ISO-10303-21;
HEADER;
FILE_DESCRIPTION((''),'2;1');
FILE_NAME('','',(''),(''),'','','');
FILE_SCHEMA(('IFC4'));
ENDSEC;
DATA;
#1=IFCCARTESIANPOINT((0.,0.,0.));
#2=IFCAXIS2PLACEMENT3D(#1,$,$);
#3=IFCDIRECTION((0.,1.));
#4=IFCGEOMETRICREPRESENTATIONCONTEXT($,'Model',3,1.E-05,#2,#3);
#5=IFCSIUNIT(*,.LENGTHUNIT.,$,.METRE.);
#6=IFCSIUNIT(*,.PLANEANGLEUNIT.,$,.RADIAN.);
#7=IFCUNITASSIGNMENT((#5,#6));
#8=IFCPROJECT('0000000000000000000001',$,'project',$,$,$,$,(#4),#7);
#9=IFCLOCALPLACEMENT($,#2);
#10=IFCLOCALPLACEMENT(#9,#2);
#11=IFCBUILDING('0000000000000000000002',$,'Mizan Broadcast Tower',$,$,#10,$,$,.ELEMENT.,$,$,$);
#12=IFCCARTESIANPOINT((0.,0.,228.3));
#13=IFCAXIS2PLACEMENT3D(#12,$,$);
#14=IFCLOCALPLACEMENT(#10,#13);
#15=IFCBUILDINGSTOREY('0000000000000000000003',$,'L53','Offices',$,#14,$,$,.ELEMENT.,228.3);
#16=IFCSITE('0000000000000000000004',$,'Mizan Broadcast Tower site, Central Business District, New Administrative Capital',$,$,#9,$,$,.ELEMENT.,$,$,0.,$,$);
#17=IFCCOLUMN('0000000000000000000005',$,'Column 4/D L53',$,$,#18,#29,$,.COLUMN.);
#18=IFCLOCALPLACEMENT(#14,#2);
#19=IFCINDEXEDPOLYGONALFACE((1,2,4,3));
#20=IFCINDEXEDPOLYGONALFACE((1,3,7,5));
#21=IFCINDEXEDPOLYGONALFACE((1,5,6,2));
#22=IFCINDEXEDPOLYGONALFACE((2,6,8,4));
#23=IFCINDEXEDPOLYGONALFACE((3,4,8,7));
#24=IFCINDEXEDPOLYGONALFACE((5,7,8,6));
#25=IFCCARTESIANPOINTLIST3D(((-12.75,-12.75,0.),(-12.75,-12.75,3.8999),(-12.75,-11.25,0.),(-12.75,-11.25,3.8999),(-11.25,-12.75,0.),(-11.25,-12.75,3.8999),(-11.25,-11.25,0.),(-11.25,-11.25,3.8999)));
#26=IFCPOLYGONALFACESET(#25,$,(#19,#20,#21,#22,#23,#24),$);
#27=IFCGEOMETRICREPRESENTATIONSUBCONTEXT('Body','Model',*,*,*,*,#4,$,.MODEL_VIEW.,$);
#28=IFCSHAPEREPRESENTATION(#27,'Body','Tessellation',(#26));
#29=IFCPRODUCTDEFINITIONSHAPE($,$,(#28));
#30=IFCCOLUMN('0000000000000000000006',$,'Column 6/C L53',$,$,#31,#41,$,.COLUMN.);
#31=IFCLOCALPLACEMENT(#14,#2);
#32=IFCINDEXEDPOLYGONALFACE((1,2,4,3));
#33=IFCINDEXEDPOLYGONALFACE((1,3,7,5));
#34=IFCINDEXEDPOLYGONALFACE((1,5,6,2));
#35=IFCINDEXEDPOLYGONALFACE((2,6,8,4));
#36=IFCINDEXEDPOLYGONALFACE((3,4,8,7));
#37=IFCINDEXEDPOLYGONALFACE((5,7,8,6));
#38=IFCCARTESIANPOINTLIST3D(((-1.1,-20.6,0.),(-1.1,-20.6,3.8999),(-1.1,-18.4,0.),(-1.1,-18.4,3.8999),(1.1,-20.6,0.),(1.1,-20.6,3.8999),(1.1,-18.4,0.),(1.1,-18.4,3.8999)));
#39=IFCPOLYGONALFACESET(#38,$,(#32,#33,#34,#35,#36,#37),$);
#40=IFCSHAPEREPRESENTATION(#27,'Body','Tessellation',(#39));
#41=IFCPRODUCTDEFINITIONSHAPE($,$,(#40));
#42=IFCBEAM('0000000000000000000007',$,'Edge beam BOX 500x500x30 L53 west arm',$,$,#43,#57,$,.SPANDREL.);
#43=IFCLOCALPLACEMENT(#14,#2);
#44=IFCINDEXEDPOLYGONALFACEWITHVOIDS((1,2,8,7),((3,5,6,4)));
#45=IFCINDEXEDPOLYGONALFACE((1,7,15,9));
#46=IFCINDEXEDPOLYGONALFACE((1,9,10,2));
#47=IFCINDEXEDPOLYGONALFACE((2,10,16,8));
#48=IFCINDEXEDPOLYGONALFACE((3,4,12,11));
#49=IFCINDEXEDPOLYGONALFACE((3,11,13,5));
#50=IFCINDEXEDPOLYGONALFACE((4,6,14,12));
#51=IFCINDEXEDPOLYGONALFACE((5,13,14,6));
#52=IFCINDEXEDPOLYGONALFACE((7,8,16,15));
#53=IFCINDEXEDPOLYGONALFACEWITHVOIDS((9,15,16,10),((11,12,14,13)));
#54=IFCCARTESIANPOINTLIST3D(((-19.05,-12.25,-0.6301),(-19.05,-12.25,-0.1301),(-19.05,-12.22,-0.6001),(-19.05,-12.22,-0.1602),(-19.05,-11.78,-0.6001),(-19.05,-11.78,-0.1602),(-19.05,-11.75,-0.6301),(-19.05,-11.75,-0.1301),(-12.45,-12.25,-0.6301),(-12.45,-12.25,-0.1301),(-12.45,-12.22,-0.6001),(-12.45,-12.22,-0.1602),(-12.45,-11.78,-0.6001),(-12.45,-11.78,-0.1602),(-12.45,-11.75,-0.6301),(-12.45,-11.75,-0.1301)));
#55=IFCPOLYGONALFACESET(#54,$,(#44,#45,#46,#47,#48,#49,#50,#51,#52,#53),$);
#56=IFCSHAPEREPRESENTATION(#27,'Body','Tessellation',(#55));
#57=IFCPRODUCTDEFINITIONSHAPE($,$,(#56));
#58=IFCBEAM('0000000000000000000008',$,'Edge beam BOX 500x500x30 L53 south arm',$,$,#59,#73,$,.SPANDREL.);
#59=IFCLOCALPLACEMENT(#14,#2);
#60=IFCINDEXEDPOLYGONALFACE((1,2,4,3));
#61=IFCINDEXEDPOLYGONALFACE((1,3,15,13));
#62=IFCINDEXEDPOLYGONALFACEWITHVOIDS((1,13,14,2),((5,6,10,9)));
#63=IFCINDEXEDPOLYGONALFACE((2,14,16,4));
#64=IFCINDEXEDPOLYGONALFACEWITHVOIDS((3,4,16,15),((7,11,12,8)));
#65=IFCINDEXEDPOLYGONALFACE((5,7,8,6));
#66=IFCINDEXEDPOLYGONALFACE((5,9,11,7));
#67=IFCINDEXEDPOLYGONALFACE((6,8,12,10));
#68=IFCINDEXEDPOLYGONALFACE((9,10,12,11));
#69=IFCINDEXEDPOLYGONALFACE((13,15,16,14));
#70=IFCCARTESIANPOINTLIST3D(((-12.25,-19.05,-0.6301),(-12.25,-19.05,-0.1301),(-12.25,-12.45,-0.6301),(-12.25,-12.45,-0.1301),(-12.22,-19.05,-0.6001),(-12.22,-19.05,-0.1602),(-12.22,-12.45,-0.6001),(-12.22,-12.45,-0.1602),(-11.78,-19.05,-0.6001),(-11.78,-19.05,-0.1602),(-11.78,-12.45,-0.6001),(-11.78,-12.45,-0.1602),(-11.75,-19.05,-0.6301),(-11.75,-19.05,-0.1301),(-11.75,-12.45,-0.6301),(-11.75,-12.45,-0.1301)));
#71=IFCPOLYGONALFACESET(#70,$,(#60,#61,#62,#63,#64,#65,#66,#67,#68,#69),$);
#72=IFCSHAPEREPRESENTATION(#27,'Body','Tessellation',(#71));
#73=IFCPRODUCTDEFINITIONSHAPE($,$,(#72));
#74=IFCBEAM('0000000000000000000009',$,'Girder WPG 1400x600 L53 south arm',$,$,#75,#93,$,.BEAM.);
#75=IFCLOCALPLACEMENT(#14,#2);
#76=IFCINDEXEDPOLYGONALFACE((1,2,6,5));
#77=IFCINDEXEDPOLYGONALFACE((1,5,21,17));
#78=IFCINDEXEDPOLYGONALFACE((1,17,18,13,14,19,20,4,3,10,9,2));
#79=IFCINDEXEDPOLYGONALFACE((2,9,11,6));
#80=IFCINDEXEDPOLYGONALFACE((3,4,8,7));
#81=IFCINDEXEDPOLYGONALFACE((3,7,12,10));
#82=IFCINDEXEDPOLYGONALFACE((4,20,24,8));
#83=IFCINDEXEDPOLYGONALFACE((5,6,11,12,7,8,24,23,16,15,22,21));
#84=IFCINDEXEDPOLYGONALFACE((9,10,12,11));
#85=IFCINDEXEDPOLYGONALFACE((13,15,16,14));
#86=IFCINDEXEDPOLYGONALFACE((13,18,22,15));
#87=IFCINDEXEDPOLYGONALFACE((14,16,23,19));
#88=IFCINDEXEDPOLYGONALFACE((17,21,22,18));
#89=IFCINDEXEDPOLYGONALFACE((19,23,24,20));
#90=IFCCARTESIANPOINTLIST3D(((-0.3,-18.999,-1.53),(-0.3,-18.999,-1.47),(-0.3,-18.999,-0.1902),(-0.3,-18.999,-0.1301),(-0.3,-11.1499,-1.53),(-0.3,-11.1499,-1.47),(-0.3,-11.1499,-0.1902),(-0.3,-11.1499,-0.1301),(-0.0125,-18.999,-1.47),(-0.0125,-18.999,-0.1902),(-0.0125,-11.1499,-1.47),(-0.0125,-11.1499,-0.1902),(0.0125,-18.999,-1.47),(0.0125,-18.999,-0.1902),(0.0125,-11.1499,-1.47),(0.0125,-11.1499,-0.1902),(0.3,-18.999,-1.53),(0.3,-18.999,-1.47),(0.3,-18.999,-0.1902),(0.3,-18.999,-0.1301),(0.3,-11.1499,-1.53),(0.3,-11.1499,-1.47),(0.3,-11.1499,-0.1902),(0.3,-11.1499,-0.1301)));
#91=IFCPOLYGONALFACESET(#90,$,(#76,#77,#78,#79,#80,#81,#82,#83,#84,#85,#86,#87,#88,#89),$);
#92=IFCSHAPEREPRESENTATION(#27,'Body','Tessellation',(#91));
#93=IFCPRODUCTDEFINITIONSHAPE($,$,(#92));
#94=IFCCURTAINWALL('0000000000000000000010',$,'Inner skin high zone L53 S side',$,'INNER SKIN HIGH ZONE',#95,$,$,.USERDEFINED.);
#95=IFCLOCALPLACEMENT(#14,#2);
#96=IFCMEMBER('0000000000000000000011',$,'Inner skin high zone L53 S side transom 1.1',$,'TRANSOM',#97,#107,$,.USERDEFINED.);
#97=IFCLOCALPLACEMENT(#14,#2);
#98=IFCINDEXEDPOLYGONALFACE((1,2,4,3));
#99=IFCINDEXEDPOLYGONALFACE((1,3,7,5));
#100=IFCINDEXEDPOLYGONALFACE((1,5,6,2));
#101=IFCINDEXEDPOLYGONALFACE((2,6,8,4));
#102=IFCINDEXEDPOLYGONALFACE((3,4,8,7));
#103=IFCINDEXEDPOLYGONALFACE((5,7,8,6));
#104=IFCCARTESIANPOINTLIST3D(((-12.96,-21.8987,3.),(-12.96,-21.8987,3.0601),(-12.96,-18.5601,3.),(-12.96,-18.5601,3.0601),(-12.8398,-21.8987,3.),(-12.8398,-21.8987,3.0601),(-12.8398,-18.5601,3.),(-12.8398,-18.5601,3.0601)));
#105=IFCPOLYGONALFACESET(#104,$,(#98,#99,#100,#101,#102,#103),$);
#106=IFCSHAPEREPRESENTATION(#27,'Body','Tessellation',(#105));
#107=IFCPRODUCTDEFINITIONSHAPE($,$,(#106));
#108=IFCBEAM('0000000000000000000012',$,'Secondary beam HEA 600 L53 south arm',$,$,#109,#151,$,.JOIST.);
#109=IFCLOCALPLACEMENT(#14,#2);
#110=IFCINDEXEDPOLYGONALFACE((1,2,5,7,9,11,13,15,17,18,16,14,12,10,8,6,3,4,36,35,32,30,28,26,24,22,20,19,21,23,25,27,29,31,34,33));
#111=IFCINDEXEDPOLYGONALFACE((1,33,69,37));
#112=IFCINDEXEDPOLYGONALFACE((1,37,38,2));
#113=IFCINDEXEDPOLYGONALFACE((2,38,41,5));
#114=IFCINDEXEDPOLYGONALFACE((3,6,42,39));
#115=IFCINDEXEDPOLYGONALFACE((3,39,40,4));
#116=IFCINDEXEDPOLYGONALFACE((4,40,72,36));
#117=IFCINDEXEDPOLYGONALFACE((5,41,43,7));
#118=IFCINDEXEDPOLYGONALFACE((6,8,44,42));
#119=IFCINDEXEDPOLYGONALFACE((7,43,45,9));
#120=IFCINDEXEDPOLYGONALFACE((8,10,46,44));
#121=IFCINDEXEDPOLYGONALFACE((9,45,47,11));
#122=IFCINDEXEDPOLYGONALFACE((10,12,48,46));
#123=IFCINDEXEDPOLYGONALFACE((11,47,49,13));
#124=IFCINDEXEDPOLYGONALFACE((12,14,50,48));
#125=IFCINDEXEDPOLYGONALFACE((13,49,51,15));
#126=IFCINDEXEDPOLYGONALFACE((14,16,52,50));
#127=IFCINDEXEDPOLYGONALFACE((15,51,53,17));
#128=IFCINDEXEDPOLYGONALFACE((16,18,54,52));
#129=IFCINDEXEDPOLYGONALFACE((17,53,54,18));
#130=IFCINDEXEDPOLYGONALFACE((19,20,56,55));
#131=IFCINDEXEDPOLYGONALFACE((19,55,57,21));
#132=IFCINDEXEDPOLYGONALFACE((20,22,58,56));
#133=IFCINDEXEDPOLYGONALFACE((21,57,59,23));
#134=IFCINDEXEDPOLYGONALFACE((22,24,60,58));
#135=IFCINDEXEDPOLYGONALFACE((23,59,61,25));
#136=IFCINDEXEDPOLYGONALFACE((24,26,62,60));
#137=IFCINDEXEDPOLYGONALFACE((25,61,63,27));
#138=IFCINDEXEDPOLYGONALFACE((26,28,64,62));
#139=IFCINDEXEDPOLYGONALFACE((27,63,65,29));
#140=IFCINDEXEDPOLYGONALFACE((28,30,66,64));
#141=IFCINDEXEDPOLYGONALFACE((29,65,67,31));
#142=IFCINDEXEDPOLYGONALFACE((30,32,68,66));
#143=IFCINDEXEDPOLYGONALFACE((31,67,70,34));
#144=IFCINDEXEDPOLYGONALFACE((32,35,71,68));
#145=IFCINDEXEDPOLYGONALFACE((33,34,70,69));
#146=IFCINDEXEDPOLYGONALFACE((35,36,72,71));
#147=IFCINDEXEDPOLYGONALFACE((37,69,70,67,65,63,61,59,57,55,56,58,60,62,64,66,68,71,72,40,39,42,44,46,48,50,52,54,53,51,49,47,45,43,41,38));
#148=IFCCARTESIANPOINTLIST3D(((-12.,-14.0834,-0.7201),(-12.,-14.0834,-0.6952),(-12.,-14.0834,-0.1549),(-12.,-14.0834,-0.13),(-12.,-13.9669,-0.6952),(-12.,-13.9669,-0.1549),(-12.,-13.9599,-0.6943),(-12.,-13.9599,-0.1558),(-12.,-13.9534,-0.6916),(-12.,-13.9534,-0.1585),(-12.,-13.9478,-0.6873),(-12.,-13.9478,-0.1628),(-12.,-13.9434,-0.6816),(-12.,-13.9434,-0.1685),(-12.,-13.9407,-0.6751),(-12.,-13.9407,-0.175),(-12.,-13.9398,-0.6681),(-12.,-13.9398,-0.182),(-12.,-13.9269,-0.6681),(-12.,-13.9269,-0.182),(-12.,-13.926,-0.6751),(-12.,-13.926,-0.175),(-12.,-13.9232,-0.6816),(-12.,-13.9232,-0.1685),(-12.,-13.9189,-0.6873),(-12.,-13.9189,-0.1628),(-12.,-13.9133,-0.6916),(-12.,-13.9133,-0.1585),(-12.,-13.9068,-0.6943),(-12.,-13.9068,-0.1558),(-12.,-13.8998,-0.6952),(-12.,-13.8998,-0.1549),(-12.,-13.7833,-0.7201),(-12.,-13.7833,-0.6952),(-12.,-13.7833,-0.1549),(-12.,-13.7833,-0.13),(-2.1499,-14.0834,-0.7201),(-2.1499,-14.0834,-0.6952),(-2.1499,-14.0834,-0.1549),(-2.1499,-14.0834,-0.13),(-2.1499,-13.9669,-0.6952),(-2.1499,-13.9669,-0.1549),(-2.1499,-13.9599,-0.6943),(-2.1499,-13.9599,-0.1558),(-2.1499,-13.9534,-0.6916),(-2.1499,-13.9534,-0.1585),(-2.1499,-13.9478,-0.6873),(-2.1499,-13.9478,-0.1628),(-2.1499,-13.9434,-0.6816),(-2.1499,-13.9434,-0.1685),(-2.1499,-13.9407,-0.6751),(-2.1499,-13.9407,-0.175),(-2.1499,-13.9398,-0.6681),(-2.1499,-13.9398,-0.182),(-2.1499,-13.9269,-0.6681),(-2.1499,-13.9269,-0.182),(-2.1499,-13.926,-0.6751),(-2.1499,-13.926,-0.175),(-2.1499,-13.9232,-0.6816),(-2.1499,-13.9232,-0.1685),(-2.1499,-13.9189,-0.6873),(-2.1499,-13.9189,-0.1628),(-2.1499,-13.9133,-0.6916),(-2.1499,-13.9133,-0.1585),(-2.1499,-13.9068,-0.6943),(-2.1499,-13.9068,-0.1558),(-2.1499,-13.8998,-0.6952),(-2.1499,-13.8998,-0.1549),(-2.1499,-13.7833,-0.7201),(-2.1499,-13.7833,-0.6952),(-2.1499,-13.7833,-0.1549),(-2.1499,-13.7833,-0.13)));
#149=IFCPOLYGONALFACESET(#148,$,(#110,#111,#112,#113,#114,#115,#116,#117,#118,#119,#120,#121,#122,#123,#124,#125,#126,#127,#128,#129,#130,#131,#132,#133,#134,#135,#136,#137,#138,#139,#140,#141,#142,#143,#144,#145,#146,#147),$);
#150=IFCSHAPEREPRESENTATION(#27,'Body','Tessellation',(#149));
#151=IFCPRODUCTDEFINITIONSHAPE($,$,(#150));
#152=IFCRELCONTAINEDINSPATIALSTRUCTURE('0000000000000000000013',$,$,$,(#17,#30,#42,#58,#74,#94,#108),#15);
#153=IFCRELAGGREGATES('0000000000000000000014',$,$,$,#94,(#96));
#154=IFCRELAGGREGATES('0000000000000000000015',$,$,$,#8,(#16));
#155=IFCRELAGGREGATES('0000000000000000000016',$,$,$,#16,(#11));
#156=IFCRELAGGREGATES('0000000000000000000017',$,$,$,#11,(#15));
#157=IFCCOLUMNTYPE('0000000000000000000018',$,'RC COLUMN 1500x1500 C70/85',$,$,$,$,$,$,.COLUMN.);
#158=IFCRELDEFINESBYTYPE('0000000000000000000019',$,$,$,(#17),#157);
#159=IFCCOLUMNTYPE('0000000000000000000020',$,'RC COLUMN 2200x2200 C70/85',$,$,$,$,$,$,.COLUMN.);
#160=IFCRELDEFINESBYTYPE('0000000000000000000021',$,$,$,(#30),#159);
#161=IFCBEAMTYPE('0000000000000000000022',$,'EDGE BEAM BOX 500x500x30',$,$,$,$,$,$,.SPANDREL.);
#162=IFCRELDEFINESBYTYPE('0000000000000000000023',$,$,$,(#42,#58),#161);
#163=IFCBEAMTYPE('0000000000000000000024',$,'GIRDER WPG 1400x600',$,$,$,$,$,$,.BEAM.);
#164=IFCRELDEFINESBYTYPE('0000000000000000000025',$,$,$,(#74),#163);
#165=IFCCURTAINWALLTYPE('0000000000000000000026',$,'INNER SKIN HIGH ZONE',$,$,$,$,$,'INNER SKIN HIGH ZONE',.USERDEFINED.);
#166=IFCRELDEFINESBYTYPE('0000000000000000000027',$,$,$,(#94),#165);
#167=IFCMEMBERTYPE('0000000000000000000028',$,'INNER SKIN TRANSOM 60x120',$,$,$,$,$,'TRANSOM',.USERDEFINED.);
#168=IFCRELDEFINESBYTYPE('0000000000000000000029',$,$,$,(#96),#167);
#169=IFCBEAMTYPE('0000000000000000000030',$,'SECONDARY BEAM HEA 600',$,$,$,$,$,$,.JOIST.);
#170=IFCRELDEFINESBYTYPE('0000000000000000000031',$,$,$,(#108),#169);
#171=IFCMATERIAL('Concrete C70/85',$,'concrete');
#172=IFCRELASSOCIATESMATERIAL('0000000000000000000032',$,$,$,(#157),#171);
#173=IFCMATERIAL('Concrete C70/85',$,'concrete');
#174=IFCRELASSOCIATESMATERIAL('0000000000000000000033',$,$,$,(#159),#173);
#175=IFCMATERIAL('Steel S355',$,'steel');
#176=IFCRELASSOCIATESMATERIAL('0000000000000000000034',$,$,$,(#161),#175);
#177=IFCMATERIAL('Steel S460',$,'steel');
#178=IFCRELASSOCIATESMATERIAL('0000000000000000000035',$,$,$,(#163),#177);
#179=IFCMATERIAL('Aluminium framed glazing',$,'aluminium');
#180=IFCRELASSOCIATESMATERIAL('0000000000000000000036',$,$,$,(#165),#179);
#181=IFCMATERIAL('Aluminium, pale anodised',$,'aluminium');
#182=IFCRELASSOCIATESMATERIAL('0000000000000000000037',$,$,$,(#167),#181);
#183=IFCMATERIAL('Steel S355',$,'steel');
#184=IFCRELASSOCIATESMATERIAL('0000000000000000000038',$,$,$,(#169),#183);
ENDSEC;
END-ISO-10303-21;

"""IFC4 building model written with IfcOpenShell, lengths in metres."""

from ifc_helpers import new_model, si_unit, direction, frame, origin, origin_2d, place, context, subcontext, project, spatial, rectangle, hollow_rectangle, i_section, extrude, material, material_profile, profile_set, type_object, element, aggregate, save


model = new_model("IFC4")

# Units and contexts
model_context = context("Model", 3, precision=1e-05, world=origin(), true_north=direction((0.0, 1.0)))
body_context = subcontext(model_context, "Body", "Model", "MODEL_VIEW")
ifc_project = project(units=[si_unit("LENGTHUNIT", "METRE"), si_unit("PLANEANGLEUNIT", "RADIAN")], contexts=[model_context])

# Site, building, storey
site_placement = place(None, origin())
site = spatial("IfcSite", under=ifc_project, at=site_placement, Name="Mizan Broadcast Tower site, Central Business District, New Administrative Capital", CompositionType="ELEMENT", RefElevation=0.0)
building_placement = place(site_placement, origin())
building = spatial("IfcBuilding", under=site, at=building_placement, Name="Mizan Broadcast Tower", CompositionType="ELEMENT")
storey_placement = place(building_placement, frame((0.0, 0.0, 228.3)))
storey = spatial("IfcBuildingStorey", under=building, at=storey_placement, Name="L53", Description="Offices", CompositionType="ELEMENT", Elevation=228.3)

# Columns
ifc_material_1 = material(Name="Concrete C70/85", Category="concrete")
ifc_material_profile_1 = material_profile(ifc_material_1, rectangle(XDim=1.5, YDim=1.5, at=origin_2d()), Name="RC 1500x1500")
ifc_profile_set_1 = profile_set([ifc_material_profile_1], Name="Concrete C70/85")
column_type_1 = type_object("IfcColumnType", Name="RC COLUMN 1500x1500 C70/85", PredefinedType="COLUMN", material=ifc_profile_set_1)
column_1_placement = place(storey_placement, frame((-12.0, -12.0, 0.0), z_axis=(0.0, 0.0, 1.0), x_axis=(1.0, 0.0, 0.0)))
element("IfcColumn", 1, at=column_1_placement, inside=storey, type_object=column_type_1, Name="Column 4/D L53", PredefinedType="COLUMN", context=body_context, shape_type="SweptSolid", body=[
    extrude(rectangle(XDim=1.5, YDim=1.5, at=origin_2d()), origin(), (0.0, 0.0, 1.0), 3.8999),
])
ifc_material_2 = material(Name="Concrete C70/85", Category="concrete")
ifc_material_profile_2 = material_profile(ifc_material_2, rectangle(XDim=2.2, YDim=2.2, at=origin_2d()), Name="RC 2200x2200")
ifc_profile_set_2 = profile_set([ifc_material_profile_2], Name="Concrete C70/85")
column_type_2 = type_object("IfcColumnType", Name="RC COLUMN 2200x2200 C70/85", PredefinedType="COLUMN", material=ifc_profile_set_2)
column_2_placement = place(storey_placement, frame((0.0, -19.5, 0.0), z_axis=(0.0, 0.0, 1.0), x_axis=(1.0, 0.0, 0.0)))
element("IfcColumn", 2, at=column_2_placement, inside=storey, type_object=column_type_2, Name="Column 6/C L53", PredefinedType="COLUMN", context=body_context, shape_type="SweptSolid", body=[
    extrude(rectangle(XDim=2.2, YDim=2.2, at=origin_2d()), origin(), (0.0, 0.0, 1.0), 3.8999),
])

# Beams
ifc_material_3 = material(Name="Steel S355", Category="steel")
ifc_material_profile_3 = material_profile(ifc_material_3, hollow_rectangle(XDim=0.5, YDim=0.5, WallThickness=0.03, at=origin_2d()), Name="BOX 500x500x30")
ifc_profile_set_3 = profile_set([ifc_material_profile_3], Name="Steel S355")
beam_type_1 = type_object("IfcBeamType", Name="EDGE BEAM BOX 500x500x30", PredefinedType="SPANDREL", material=ifc_profile_set_3)
for number, where, z_axis, x_axis, name in (
    (3, (-12.45, -12.0, -0.3801), (-1.0, 0.0, 0.0), (0.0, -1.0, 0.0), "Edge beam BOX 500x500x30 L53 west arm"),
    (4, (-12.0, -12.45, -0.3801), (0.0, -1.0, 0.0), (1.0, 0.0, 0.0), "Edge beam BOX 500x500x30 L53 south arm"),
):
    element("IfcBeam", number, at=place(storey_placement, frame(where, z_axis=z_axis, x_axis=x_axis)), inside=storey, type_object=beam_type_1, Name=name, PredefinedType="SPANDREL", context=body_context, shape_type="SweptSolid", body=[
        extrude(hollow_rectangle(XDim=0.5, YDim=0.5, WallThickness=0.03, at=origin_2d()), origin(), (0.0, 0.0, 1.0), 6.6001),
    ])
ifc_material_4 = material(Name="Steel S460", Category="steel")
ifc_material_profile_4 = material_profile(ifc_material_4, i_section(OverallWidth=0.6001, OverallDepth=1.3999, WebThickness=0.0249, FlangeThickness=0.0601, at=origin_2d()), Name="WPG 1400x600")
ifc_profile_set_4 = profile_set([ifc_material_profile_4], Name="Steel S460")
beam_type_2 = type_object("IfcBeamType", Name="GIRDER WPG 1400x600", PredefinedType="BEAM", material=ifc_profile_set_4)
beam_1_placement = place(storey_placement, frame((0.0, -11.1499, -0.8301), z_axis=(0.0, -1.0, 0.0), x_axis=(1.0, 0.0, 0.0)))
element("IfcBeam", 5, at=beam_1_placement, inside=storey, type_object=beam_type_2, Name="Girder WPG 1400x600 L53 south arm", PredefinedType="BEAM", context=body_context, shape_type="SweptSolid", body=[
    extrude(i_section(OverallWidth=0.6001, OverallDepth=1.3999, WebThickness=0.0249, FlangeThickness=0.0601, at=origin_2d()), origin(), (0.0, 0.0, 1.0), 7.8491),
])

# Curtain wall, member
ifc_material_5 = material(Name="Aluminium framed glazing", Category="aluminium")
curtain_wall_type = type_object("IfcCurtainWallType", Name="INNER SKIN HIGH ZONE", ElementType="INNER SKIN HIGH ZONE", PredefinedType="USERDEFINED", material=ifc_material_5)
curtain_wall_placement = place(storey_placement, origin())
curtain_wall = element("IfcCurtainWall", 6, at=curtain_wall_placement, inside=storey, type_object=curtain_wall_type, Name="Inner skin high zone L53 S side", ObjectType="INNER SKIN HIGH ZONE", PredefinedType="USERDEFINED")
ifc_material_6 = material(Name="Aluminium, pale anodised", Category="aluminium")
ifc_material_profile_5 = material_profile(ifc_material_6, rectangle(XDim=0.1201, YDim=0.0601, at=origin_2d()), Name="TRANSOM 120x60")
ifc_profile_set_5 = profile_set([ifc_material_profile_5], Name="Aluminium, pale anodised")
member_type = type_object("IfcMemberType", Name="INNER SKIN TRANSOM 60x120", ElementType="TRANSOM", PredefinedType="USERDEFINED", material=ifc_profile_set_5)
member_placement = place(storey_placement, frame((-12.8999, -18.5601, 3.03), z_axis=(0.0, -1.0, 0.0), x_axis=(1.0, 0.0, 0.0)))
member = element("IfcMember", 7, at=member_placement, type_object=member_type, Name="Inner skin high zone L53 S side transom 1.1", ObjectType="TRANSOM", PredefinedType="USERDEFINED", context=body_context, shape_type="SweptSolid", body=[
    extrude(rectangle(XDim=0.1201, YDim=0.0601, at=origin_2d()), origin(), (0.0, 0.0, 1.0), 3.3386),
])
aggregate(curtain_wall, [member])

# Beam
ifc_material_7 = material(Name="Steel S355", Category="steel")
ifc_material_profile_6 = material_profile(ifc_material_7, i_section(OverallWidth=0.3, OverallDepth=0.5901, WebThickness=0.0129, FlangeThickness=0.0249, FilletRadius=0.0271, at=origin_2d()), Name="HEA 600")
ifc_profile_set_6 = profile_set([ifc_material_profile_6], Name="Steel S355")
beam_type_3 = type_object("IfcBeamType", Name="SECONDARY BEAM HEA 600", PredefinedType="JOIST", material=ifc_profile_set_6)
for number, where, z_axis, x_axis, name in (
    (8, (-12.0, -13.9333, -0.425), (1.0, 0.0, 0.0), (0.0, 1.0, 0.0), "Secondary beam HEA 600 L53 south arm"),
):
    element("IfcBeam", number, at=place(storey_placement, frame(where, z_axis=z_axis, x_axis=x_axis)), inside=storey, type_object=beam_type_3, Name=name, PredefinedType="JOIST", context=body_context, shape_type="SweptSolid", body=[
        extrude(i_section(OverallWidth=0.3, OverallDepth=0.5901, WebThickness=0.0129, FlangeThickness=0.0249, FilletRadius=0.0271, at=origin_2d()), origin(), (0.0, 0.0, 1.0), 9.8501),
    ])

save(model, "model.ifc")
